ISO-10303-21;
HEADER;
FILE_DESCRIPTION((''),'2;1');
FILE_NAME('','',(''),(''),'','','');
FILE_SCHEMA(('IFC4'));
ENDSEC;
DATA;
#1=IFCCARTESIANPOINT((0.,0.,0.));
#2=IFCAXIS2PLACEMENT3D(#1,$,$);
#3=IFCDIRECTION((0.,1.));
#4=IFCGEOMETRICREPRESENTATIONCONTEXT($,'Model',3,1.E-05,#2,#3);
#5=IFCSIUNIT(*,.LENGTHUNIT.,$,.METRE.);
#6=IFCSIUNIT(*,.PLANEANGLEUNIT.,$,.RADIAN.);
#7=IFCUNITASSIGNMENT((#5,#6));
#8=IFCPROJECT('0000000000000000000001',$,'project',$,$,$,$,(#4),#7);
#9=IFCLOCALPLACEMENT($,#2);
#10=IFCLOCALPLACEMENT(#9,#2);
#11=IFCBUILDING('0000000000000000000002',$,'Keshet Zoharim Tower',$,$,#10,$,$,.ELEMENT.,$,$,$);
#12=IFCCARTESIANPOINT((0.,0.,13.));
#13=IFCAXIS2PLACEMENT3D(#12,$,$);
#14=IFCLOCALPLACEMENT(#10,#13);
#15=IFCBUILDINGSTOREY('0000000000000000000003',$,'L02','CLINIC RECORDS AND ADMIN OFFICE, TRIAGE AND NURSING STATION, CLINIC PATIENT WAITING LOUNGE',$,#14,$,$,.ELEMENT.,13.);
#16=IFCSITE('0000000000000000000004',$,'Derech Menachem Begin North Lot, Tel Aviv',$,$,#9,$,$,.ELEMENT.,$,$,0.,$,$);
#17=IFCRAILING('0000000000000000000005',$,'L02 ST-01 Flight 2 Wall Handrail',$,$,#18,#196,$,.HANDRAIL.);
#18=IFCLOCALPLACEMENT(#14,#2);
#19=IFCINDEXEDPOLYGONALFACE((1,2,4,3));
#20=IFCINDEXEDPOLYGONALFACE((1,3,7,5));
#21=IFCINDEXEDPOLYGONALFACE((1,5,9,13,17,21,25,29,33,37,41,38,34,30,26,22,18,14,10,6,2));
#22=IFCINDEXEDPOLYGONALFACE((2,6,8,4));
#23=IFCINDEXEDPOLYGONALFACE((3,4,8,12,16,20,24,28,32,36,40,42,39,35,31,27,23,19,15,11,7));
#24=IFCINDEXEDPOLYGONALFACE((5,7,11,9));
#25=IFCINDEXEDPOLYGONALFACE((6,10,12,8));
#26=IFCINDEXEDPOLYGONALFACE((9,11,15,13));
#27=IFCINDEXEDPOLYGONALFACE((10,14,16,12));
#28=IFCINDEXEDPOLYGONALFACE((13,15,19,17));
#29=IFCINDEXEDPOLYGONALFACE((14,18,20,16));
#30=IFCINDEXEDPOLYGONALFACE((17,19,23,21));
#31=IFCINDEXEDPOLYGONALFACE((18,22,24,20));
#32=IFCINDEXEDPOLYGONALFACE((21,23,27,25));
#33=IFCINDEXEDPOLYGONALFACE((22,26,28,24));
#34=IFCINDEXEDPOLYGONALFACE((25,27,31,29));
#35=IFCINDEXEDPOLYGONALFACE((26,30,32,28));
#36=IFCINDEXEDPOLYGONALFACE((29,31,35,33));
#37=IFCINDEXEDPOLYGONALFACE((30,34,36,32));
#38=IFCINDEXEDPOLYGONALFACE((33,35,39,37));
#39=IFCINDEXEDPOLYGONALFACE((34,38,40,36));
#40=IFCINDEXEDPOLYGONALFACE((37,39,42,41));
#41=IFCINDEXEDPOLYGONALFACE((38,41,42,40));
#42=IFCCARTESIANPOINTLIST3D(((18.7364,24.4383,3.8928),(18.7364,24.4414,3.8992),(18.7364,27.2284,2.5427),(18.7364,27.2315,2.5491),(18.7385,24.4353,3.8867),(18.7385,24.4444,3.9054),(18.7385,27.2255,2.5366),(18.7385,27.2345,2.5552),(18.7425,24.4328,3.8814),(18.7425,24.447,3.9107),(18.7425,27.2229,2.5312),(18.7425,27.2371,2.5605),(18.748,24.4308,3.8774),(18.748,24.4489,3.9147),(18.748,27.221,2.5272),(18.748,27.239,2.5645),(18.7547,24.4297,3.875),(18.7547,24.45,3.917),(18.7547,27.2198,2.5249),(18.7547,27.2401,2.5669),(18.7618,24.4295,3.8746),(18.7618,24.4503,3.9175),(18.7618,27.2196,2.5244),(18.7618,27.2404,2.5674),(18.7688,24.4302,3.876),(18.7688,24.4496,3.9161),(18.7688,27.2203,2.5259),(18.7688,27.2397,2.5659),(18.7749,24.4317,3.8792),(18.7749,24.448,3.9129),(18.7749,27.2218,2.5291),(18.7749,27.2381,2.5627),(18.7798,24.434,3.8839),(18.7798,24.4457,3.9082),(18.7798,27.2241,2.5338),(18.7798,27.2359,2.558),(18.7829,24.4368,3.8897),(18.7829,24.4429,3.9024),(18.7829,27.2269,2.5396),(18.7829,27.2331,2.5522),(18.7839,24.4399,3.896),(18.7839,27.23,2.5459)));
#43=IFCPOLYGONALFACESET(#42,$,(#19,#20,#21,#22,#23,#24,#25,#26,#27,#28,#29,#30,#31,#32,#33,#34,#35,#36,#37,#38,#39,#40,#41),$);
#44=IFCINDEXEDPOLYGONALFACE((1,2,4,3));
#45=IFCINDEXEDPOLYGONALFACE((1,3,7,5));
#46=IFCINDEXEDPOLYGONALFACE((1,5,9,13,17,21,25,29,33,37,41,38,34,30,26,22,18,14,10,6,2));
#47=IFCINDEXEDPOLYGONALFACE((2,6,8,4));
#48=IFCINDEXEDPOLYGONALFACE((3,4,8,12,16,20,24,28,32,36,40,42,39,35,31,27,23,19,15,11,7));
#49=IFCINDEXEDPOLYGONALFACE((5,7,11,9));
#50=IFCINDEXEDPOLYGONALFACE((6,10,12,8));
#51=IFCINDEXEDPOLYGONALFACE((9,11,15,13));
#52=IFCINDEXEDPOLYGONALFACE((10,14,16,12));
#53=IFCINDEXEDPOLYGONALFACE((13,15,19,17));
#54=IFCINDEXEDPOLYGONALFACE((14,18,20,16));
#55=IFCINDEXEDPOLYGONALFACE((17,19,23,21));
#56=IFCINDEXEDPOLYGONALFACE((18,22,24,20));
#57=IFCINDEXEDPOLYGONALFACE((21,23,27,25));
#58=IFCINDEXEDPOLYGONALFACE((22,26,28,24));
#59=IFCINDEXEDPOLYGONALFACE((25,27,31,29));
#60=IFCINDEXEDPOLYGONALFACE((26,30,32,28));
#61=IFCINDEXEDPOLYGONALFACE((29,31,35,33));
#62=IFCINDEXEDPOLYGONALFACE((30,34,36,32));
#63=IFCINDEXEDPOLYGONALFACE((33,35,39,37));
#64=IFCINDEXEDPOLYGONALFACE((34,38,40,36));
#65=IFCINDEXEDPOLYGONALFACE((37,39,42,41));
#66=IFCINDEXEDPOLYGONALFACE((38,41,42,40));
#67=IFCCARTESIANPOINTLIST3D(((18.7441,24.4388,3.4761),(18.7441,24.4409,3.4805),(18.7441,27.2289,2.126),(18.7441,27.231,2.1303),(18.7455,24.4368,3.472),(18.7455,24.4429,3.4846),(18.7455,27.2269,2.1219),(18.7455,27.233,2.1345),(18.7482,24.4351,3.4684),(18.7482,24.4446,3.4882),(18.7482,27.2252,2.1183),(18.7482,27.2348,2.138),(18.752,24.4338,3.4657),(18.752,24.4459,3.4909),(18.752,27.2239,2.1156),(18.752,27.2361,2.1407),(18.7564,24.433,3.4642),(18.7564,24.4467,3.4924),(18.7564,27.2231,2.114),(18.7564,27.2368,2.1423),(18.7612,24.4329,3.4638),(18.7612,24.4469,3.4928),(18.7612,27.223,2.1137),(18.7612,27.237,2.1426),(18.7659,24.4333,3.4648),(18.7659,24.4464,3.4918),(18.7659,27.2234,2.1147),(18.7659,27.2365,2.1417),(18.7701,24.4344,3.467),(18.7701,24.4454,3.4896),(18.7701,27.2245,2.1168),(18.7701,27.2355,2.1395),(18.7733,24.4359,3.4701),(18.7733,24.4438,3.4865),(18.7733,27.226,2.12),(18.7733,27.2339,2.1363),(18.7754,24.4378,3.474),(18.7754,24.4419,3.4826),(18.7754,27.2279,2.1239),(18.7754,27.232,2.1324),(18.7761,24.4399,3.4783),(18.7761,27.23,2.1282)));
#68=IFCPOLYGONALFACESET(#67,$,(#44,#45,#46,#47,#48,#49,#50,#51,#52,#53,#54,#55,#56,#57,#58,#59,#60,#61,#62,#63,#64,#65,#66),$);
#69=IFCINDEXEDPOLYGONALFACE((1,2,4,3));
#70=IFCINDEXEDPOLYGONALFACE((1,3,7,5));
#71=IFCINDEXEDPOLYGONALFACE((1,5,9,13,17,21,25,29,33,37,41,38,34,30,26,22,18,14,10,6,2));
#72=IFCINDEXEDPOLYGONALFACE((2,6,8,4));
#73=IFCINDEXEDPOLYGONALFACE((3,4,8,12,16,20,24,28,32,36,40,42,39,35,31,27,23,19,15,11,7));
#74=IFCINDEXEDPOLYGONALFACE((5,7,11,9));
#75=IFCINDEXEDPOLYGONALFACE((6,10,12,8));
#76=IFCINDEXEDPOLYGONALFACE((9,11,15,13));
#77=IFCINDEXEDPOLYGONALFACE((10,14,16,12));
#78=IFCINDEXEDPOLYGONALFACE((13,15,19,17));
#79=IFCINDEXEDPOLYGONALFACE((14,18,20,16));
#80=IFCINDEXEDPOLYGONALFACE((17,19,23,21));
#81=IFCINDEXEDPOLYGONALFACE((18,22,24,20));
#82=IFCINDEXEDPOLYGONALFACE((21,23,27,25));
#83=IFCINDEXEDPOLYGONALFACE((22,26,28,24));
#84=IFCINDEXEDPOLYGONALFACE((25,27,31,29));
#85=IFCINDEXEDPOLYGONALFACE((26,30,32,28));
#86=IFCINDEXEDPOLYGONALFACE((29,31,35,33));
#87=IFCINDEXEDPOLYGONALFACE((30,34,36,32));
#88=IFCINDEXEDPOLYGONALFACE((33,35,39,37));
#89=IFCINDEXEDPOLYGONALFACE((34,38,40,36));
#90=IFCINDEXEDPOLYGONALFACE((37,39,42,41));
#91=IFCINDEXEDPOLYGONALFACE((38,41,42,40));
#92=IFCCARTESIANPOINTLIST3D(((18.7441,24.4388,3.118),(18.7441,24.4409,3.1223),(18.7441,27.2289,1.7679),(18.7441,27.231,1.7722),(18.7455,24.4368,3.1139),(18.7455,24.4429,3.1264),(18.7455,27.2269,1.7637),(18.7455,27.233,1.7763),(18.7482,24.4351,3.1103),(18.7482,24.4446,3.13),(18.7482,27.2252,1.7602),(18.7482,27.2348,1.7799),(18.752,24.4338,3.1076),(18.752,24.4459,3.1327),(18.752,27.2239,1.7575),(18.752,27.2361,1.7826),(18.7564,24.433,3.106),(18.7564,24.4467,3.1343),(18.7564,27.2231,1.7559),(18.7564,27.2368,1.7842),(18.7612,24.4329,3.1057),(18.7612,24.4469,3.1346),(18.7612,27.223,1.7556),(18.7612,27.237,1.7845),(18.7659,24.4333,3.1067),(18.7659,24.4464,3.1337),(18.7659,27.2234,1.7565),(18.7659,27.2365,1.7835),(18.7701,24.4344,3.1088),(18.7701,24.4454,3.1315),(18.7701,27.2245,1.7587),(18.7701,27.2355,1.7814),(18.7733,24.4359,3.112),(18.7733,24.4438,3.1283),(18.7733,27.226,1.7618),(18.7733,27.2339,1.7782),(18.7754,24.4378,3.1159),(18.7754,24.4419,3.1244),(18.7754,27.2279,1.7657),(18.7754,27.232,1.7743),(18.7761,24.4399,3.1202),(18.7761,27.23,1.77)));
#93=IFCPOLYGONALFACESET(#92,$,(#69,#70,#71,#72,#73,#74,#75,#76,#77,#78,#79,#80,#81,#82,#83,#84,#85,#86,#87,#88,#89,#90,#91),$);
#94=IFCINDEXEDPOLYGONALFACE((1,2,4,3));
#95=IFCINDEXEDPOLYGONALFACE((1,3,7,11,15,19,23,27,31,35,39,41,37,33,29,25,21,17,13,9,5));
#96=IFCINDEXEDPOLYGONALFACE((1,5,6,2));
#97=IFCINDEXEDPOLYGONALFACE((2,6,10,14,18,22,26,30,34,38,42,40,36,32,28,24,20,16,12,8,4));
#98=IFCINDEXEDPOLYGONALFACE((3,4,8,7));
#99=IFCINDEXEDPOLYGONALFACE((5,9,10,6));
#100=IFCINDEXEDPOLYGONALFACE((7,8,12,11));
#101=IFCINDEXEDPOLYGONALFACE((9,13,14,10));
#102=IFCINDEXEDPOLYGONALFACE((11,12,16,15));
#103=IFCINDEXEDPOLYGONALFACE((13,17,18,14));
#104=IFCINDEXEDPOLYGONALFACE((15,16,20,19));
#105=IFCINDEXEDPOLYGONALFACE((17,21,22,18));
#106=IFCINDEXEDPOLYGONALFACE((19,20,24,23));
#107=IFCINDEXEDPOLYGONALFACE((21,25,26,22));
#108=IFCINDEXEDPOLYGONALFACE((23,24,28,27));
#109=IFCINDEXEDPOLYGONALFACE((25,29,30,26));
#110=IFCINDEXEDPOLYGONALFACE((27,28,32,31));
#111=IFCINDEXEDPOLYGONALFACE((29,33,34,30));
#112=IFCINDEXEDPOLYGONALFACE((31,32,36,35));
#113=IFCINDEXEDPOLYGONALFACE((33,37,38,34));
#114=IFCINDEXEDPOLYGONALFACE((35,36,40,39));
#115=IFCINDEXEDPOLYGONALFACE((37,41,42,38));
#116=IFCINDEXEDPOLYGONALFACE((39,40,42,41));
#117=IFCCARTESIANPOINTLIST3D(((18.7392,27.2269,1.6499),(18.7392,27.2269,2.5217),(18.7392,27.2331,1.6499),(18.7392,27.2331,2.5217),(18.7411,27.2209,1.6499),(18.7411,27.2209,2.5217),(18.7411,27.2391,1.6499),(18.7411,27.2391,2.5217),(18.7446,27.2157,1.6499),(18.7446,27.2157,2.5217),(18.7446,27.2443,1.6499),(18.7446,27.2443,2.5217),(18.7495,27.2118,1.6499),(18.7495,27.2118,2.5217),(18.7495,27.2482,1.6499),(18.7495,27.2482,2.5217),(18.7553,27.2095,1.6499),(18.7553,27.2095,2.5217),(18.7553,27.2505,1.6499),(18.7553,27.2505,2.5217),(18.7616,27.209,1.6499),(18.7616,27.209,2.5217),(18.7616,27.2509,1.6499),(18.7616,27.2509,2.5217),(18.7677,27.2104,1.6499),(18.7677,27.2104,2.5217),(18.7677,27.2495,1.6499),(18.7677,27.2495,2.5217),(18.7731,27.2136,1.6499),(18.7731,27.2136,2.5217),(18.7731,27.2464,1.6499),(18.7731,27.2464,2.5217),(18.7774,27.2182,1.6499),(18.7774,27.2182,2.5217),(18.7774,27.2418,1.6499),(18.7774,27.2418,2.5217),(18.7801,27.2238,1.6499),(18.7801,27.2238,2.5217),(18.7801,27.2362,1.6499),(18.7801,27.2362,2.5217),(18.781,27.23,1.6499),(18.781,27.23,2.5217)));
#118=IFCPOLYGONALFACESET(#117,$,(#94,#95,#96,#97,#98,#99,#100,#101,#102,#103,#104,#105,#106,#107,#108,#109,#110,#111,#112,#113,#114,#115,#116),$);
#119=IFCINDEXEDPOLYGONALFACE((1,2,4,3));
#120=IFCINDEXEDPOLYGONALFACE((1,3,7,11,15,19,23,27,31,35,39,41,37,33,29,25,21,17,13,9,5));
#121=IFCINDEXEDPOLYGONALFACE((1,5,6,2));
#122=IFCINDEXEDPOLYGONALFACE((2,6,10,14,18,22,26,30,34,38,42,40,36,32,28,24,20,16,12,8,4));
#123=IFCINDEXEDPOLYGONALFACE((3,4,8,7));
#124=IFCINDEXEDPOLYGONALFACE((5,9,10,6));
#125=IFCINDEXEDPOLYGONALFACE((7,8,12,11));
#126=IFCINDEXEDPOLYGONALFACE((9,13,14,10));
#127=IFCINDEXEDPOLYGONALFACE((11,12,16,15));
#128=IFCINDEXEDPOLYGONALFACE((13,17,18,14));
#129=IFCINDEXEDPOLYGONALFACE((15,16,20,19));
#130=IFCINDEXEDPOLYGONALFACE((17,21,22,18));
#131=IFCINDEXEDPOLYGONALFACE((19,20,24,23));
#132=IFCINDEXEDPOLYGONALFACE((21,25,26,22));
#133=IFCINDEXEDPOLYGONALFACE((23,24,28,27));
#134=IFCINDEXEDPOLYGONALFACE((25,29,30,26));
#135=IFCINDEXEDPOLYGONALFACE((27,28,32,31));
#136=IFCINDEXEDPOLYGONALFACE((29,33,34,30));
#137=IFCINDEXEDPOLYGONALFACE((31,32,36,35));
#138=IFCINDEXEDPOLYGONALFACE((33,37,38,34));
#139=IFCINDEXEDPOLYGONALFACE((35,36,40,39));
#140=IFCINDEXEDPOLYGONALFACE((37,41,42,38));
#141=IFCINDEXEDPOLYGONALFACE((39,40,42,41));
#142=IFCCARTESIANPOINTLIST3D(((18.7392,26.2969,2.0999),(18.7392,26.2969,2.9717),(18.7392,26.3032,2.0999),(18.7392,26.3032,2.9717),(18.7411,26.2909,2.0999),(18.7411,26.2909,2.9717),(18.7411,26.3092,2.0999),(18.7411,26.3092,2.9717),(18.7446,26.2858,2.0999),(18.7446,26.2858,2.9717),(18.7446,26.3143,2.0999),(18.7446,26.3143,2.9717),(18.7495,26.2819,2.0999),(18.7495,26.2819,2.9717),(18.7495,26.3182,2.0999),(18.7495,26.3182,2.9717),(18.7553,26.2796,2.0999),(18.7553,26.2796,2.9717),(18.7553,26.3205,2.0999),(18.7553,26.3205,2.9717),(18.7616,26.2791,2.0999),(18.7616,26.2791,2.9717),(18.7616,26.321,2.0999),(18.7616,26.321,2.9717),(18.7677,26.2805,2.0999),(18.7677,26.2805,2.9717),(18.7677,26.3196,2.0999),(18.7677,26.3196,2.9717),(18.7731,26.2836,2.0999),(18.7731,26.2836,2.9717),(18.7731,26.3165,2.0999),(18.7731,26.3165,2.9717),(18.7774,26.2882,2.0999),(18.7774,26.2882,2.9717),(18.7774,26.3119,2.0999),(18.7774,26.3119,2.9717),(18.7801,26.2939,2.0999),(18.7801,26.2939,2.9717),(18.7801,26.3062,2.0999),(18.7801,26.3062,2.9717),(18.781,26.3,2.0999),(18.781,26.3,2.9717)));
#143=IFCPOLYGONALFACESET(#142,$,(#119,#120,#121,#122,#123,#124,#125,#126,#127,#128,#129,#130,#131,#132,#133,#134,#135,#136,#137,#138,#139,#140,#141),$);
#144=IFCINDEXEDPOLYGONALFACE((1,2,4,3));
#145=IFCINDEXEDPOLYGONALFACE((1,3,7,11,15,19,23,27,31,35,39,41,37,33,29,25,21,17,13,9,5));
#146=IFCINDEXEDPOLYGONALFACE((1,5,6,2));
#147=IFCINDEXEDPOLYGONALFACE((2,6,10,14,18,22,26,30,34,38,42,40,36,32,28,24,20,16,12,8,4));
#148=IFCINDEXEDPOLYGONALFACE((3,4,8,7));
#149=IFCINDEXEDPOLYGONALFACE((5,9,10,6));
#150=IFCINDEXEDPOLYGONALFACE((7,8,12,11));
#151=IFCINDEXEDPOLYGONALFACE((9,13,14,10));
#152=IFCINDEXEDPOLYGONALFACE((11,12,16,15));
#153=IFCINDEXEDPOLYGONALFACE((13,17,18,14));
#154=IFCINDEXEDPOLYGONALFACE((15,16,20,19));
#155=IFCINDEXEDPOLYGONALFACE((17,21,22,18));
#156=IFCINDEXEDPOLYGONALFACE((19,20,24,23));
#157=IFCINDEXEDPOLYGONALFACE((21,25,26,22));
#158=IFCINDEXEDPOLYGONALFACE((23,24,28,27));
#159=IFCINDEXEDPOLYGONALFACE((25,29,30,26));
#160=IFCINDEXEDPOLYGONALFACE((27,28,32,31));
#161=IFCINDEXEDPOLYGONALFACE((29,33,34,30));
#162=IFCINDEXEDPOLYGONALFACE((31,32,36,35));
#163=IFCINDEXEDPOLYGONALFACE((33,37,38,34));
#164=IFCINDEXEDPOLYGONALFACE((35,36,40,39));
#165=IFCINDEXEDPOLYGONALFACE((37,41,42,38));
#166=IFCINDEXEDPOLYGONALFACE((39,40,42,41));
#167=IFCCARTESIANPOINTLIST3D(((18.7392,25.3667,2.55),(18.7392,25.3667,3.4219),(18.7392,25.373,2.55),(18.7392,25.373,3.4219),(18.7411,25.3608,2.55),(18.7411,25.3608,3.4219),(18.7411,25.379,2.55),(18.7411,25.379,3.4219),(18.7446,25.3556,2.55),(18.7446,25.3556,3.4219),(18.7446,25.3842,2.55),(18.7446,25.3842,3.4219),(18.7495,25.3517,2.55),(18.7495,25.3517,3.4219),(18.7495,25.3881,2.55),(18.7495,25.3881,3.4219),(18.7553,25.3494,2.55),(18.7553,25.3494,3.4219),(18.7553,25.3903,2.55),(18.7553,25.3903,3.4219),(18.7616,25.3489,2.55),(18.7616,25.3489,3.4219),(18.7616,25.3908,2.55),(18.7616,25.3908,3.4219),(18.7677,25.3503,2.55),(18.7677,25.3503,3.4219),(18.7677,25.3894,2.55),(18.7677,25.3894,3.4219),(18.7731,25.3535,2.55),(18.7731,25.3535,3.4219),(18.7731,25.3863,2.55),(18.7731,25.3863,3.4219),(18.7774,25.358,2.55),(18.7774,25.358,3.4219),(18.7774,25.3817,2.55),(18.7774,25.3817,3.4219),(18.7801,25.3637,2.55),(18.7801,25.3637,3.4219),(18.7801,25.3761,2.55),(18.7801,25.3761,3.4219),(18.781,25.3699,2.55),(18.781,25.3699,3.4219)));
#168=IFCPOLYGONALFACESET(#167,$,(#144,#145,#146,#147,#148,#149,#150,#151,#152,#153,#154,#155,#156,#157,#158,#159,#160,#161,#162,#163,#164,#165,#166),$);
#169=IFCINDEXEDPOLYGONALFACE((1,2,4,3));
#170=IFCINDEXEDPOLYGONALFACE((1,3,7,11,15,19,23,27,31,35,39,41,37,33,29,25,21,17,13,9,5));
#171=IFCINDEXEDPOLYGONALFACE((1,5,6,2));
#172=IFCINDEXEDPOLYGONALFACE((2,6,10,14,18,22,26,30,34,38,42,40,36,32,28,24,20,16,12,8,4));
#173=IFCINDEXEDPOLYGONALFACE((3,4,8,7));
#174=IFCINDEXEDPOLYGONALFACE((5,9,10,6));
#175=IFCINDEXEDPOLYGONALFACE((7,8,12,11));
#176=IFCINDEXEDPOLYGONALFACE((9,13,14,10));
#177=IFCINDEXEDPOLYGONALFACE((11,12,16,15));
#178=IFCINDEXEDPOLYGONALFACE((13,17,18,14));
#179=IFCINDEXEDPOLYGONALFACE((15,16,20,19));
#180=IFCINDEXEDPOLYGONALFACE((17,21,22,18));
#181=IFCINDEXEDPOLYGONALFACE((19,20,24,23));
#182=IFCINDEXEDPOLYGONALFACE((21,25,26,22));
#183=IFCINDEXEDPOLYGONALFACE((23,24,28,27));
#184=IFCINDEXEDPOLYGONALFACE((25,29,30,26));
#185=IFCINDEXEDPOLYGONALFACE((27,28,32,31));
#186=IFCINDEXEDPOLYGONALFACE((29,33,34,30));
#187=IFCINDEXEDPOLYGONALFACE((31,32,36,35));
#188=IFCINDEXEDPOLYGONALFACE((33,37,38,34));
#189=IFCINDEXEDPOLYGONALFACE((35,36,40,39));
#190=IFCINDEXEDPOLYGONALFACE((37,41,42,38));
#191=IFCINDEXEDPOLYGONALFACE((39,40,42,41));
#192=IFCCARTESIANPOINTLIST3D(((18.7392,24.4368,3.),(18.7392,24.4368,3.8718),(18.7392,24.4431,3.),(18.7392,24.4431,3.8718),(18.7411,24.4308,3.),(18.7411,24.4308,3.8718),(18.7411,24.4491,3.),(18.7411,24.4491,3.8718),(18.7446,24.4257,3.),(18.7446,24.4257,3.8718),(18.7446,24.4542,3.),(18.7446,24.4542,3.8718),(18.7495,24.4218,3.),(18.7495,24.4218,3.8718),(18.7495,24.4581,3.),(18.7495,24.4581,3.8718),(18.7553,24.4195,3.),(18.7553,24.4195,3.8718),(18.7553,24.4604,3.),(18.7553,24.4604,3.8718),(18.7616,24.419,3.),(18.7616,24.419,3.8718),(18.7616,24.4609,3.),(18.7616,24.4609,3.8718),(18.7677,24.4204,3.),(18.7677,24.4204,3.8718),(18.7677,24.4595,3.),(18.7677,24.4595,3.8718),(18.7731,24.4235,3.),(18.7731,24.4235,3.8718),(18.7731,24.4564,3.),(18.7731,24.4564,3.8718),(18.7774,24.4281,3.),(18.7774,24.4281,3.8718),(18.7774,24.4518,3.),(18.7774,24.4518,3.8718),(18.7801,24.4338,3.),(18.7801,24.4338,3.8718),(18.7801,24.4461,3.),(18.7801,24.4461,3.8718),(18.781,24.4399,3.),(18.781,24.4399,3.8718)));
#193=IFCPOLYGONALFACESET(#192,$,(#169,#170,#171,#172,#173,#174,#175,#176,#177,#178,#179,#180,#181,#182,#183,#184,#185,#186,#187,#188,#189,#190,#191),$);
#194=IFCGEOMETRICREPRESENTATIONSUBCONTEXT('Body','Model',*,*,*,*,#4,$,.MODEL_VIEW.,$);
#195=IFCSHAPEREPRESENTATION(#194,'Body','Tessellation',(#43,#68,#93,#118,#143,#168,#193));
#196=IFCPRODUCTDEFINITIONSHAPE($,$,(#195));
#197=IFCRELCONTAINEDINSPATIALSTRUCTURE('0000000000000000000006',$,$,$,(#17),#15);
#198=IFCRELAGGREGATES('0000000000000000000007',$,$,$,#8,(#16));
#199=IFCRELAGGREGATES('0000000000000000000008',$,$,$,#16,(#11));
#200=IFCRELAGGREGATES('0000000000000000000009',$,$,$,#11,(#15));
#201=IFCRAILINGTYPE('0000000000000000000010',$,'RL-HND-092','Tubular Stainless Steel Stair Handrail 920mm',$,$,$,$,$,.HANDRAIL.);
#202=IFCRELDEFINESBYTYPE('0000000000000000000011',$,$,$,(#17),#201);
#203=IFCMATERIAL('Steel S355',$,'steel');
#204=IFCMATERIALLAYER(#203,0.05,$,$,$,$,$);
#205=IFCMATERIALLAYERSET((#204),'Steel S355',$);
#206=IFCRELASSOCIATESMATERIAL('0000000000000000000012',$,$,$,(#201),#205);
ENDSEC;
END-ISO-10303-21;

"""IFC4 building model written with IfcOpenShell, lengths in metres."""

from ifc_helpers import new_model, si_unit, direction, frame, origin, origin_2d, place, context, subcontext, project, spatial, circle, extrude, material, layer, layer_set, type_object, element, save


model = new_model("IFC4")

# Units and contexts
model_context = context("Model", 3, precision=1e-05, world=origin(), true_north=direction((0.0, 1.0)))
body_context = subcontext(model_context, "Body", "Model", "MODEL_VIEW")
ifc_project = project(units=[si_unit("LENGTHUNIT", "METRE"), si_unit("PLANEANGLEUNIT", "RADIAN")], contexts=[model_context])

# Site, building, storey
site_placement = place(None, origin())
site = spatial("IfcSite", under=ifc_project, at=site_placement, Name="Derech Menachem Begin North Lot, Tel Aviv", CompositionType="ELEMENT", RefElevation=0.0)
building_placement = place(site_placement, origin())
building = spatial("IfcBuilding", under=site, at=building_placement, Name="Keshet Zoharim Tower", CompositionType="ELEMENT")
storey_placement = place(building_placement, frame((0.0, 0.0, 13.0)))
storey = spatial("IfcBuildingStorey", under=building, at=storey_placement, Name="L02", Description="CLINIC RECORDS AND ADMIN OFFICE, TRIAGE AND NURSING STATION, CLINIC PATIENT WAITING LOUNGE", CompositionType="ELEMENT", Elevation=13.0)

# Shared definitions
ifc_material_1 = material(Name="Steel S355", Category="steel")

# Railing
ifc_layer_1 = layer(ifc_material_1, 0.05)
ifc_layer_set_1 = layer_set([ifc_layer_1], Name="Steel S355")
railing_type_1 = type_object("IfcRailingType", Name="RL-HND-092", Description="Tubular Stainless Steel Stair Handrail 920mm", PredefinedType="HANDRAIL", material=ifc_layer_set_1)
for number, where, name in (
    (1, (18.76, 27.23, 1.6499), "L02 ST-01 Flight 2 Wall Handrail"),
):
    element("IfcRailing", number, at=place(storey_placement, frame(where)), inside=storey, type_object=railing_type_1, Name=name, PredefinedType="HANDRAIL", context=body_context, shape_type="SweptSolid", body=[
        extrude(circle(Radius=0.0239, at=origin_2d()), frame((0.0, 0.0, 0.896), z_axis=(0.0, -0.900149, 0.435582), x_axis=(1.0, 0.0, 0.0)), (0.0, 0.0, 1.0), 3.0996),
        extrude(circle(Radius=0.0161, at=origin_2d()), frame((0.0, 0.0, 0.4783), z_axis=(0.0, -0.900149, 0.435582), x_axis=(1.0, 0.0, 0.0)), (0.0, 0.0, 1.0), 3.0996),
        extrude(circle(Radius=0.0161, at=origin_2d()), frame((0.0, 0.0, 0.1201), z_axis=(0.0, -0.900149, 0.435582), x_axis=(1.0, 0.0, 0.0)), (0.0, 0.0, 1.0), 3.0996),
        extrude(circle(Radius=0.021, at=origin_2d()), origin(), (0.0, 0.0, 1.0), 0.8718),
        extrude(circle(Radius=0.021, at=origin_2d()), frame((0.0, -0.9299, 0.45)), (0.0, 0.0, 1.0), 0.8718),
        extrude(circle(Radius=0.021, at=origin_2d()), frame((0.0, -1.8601, 0.9001)), (0.0, 0.0, 1.0), 0.8718),
        extrude(circle(Radius=0.021, at=origin_2d()), frame((0.0, -2.79, 1.3501)), (0.0, 0.0, 1.0), 0.8718),
    ])

save(model, "model.ifc")
